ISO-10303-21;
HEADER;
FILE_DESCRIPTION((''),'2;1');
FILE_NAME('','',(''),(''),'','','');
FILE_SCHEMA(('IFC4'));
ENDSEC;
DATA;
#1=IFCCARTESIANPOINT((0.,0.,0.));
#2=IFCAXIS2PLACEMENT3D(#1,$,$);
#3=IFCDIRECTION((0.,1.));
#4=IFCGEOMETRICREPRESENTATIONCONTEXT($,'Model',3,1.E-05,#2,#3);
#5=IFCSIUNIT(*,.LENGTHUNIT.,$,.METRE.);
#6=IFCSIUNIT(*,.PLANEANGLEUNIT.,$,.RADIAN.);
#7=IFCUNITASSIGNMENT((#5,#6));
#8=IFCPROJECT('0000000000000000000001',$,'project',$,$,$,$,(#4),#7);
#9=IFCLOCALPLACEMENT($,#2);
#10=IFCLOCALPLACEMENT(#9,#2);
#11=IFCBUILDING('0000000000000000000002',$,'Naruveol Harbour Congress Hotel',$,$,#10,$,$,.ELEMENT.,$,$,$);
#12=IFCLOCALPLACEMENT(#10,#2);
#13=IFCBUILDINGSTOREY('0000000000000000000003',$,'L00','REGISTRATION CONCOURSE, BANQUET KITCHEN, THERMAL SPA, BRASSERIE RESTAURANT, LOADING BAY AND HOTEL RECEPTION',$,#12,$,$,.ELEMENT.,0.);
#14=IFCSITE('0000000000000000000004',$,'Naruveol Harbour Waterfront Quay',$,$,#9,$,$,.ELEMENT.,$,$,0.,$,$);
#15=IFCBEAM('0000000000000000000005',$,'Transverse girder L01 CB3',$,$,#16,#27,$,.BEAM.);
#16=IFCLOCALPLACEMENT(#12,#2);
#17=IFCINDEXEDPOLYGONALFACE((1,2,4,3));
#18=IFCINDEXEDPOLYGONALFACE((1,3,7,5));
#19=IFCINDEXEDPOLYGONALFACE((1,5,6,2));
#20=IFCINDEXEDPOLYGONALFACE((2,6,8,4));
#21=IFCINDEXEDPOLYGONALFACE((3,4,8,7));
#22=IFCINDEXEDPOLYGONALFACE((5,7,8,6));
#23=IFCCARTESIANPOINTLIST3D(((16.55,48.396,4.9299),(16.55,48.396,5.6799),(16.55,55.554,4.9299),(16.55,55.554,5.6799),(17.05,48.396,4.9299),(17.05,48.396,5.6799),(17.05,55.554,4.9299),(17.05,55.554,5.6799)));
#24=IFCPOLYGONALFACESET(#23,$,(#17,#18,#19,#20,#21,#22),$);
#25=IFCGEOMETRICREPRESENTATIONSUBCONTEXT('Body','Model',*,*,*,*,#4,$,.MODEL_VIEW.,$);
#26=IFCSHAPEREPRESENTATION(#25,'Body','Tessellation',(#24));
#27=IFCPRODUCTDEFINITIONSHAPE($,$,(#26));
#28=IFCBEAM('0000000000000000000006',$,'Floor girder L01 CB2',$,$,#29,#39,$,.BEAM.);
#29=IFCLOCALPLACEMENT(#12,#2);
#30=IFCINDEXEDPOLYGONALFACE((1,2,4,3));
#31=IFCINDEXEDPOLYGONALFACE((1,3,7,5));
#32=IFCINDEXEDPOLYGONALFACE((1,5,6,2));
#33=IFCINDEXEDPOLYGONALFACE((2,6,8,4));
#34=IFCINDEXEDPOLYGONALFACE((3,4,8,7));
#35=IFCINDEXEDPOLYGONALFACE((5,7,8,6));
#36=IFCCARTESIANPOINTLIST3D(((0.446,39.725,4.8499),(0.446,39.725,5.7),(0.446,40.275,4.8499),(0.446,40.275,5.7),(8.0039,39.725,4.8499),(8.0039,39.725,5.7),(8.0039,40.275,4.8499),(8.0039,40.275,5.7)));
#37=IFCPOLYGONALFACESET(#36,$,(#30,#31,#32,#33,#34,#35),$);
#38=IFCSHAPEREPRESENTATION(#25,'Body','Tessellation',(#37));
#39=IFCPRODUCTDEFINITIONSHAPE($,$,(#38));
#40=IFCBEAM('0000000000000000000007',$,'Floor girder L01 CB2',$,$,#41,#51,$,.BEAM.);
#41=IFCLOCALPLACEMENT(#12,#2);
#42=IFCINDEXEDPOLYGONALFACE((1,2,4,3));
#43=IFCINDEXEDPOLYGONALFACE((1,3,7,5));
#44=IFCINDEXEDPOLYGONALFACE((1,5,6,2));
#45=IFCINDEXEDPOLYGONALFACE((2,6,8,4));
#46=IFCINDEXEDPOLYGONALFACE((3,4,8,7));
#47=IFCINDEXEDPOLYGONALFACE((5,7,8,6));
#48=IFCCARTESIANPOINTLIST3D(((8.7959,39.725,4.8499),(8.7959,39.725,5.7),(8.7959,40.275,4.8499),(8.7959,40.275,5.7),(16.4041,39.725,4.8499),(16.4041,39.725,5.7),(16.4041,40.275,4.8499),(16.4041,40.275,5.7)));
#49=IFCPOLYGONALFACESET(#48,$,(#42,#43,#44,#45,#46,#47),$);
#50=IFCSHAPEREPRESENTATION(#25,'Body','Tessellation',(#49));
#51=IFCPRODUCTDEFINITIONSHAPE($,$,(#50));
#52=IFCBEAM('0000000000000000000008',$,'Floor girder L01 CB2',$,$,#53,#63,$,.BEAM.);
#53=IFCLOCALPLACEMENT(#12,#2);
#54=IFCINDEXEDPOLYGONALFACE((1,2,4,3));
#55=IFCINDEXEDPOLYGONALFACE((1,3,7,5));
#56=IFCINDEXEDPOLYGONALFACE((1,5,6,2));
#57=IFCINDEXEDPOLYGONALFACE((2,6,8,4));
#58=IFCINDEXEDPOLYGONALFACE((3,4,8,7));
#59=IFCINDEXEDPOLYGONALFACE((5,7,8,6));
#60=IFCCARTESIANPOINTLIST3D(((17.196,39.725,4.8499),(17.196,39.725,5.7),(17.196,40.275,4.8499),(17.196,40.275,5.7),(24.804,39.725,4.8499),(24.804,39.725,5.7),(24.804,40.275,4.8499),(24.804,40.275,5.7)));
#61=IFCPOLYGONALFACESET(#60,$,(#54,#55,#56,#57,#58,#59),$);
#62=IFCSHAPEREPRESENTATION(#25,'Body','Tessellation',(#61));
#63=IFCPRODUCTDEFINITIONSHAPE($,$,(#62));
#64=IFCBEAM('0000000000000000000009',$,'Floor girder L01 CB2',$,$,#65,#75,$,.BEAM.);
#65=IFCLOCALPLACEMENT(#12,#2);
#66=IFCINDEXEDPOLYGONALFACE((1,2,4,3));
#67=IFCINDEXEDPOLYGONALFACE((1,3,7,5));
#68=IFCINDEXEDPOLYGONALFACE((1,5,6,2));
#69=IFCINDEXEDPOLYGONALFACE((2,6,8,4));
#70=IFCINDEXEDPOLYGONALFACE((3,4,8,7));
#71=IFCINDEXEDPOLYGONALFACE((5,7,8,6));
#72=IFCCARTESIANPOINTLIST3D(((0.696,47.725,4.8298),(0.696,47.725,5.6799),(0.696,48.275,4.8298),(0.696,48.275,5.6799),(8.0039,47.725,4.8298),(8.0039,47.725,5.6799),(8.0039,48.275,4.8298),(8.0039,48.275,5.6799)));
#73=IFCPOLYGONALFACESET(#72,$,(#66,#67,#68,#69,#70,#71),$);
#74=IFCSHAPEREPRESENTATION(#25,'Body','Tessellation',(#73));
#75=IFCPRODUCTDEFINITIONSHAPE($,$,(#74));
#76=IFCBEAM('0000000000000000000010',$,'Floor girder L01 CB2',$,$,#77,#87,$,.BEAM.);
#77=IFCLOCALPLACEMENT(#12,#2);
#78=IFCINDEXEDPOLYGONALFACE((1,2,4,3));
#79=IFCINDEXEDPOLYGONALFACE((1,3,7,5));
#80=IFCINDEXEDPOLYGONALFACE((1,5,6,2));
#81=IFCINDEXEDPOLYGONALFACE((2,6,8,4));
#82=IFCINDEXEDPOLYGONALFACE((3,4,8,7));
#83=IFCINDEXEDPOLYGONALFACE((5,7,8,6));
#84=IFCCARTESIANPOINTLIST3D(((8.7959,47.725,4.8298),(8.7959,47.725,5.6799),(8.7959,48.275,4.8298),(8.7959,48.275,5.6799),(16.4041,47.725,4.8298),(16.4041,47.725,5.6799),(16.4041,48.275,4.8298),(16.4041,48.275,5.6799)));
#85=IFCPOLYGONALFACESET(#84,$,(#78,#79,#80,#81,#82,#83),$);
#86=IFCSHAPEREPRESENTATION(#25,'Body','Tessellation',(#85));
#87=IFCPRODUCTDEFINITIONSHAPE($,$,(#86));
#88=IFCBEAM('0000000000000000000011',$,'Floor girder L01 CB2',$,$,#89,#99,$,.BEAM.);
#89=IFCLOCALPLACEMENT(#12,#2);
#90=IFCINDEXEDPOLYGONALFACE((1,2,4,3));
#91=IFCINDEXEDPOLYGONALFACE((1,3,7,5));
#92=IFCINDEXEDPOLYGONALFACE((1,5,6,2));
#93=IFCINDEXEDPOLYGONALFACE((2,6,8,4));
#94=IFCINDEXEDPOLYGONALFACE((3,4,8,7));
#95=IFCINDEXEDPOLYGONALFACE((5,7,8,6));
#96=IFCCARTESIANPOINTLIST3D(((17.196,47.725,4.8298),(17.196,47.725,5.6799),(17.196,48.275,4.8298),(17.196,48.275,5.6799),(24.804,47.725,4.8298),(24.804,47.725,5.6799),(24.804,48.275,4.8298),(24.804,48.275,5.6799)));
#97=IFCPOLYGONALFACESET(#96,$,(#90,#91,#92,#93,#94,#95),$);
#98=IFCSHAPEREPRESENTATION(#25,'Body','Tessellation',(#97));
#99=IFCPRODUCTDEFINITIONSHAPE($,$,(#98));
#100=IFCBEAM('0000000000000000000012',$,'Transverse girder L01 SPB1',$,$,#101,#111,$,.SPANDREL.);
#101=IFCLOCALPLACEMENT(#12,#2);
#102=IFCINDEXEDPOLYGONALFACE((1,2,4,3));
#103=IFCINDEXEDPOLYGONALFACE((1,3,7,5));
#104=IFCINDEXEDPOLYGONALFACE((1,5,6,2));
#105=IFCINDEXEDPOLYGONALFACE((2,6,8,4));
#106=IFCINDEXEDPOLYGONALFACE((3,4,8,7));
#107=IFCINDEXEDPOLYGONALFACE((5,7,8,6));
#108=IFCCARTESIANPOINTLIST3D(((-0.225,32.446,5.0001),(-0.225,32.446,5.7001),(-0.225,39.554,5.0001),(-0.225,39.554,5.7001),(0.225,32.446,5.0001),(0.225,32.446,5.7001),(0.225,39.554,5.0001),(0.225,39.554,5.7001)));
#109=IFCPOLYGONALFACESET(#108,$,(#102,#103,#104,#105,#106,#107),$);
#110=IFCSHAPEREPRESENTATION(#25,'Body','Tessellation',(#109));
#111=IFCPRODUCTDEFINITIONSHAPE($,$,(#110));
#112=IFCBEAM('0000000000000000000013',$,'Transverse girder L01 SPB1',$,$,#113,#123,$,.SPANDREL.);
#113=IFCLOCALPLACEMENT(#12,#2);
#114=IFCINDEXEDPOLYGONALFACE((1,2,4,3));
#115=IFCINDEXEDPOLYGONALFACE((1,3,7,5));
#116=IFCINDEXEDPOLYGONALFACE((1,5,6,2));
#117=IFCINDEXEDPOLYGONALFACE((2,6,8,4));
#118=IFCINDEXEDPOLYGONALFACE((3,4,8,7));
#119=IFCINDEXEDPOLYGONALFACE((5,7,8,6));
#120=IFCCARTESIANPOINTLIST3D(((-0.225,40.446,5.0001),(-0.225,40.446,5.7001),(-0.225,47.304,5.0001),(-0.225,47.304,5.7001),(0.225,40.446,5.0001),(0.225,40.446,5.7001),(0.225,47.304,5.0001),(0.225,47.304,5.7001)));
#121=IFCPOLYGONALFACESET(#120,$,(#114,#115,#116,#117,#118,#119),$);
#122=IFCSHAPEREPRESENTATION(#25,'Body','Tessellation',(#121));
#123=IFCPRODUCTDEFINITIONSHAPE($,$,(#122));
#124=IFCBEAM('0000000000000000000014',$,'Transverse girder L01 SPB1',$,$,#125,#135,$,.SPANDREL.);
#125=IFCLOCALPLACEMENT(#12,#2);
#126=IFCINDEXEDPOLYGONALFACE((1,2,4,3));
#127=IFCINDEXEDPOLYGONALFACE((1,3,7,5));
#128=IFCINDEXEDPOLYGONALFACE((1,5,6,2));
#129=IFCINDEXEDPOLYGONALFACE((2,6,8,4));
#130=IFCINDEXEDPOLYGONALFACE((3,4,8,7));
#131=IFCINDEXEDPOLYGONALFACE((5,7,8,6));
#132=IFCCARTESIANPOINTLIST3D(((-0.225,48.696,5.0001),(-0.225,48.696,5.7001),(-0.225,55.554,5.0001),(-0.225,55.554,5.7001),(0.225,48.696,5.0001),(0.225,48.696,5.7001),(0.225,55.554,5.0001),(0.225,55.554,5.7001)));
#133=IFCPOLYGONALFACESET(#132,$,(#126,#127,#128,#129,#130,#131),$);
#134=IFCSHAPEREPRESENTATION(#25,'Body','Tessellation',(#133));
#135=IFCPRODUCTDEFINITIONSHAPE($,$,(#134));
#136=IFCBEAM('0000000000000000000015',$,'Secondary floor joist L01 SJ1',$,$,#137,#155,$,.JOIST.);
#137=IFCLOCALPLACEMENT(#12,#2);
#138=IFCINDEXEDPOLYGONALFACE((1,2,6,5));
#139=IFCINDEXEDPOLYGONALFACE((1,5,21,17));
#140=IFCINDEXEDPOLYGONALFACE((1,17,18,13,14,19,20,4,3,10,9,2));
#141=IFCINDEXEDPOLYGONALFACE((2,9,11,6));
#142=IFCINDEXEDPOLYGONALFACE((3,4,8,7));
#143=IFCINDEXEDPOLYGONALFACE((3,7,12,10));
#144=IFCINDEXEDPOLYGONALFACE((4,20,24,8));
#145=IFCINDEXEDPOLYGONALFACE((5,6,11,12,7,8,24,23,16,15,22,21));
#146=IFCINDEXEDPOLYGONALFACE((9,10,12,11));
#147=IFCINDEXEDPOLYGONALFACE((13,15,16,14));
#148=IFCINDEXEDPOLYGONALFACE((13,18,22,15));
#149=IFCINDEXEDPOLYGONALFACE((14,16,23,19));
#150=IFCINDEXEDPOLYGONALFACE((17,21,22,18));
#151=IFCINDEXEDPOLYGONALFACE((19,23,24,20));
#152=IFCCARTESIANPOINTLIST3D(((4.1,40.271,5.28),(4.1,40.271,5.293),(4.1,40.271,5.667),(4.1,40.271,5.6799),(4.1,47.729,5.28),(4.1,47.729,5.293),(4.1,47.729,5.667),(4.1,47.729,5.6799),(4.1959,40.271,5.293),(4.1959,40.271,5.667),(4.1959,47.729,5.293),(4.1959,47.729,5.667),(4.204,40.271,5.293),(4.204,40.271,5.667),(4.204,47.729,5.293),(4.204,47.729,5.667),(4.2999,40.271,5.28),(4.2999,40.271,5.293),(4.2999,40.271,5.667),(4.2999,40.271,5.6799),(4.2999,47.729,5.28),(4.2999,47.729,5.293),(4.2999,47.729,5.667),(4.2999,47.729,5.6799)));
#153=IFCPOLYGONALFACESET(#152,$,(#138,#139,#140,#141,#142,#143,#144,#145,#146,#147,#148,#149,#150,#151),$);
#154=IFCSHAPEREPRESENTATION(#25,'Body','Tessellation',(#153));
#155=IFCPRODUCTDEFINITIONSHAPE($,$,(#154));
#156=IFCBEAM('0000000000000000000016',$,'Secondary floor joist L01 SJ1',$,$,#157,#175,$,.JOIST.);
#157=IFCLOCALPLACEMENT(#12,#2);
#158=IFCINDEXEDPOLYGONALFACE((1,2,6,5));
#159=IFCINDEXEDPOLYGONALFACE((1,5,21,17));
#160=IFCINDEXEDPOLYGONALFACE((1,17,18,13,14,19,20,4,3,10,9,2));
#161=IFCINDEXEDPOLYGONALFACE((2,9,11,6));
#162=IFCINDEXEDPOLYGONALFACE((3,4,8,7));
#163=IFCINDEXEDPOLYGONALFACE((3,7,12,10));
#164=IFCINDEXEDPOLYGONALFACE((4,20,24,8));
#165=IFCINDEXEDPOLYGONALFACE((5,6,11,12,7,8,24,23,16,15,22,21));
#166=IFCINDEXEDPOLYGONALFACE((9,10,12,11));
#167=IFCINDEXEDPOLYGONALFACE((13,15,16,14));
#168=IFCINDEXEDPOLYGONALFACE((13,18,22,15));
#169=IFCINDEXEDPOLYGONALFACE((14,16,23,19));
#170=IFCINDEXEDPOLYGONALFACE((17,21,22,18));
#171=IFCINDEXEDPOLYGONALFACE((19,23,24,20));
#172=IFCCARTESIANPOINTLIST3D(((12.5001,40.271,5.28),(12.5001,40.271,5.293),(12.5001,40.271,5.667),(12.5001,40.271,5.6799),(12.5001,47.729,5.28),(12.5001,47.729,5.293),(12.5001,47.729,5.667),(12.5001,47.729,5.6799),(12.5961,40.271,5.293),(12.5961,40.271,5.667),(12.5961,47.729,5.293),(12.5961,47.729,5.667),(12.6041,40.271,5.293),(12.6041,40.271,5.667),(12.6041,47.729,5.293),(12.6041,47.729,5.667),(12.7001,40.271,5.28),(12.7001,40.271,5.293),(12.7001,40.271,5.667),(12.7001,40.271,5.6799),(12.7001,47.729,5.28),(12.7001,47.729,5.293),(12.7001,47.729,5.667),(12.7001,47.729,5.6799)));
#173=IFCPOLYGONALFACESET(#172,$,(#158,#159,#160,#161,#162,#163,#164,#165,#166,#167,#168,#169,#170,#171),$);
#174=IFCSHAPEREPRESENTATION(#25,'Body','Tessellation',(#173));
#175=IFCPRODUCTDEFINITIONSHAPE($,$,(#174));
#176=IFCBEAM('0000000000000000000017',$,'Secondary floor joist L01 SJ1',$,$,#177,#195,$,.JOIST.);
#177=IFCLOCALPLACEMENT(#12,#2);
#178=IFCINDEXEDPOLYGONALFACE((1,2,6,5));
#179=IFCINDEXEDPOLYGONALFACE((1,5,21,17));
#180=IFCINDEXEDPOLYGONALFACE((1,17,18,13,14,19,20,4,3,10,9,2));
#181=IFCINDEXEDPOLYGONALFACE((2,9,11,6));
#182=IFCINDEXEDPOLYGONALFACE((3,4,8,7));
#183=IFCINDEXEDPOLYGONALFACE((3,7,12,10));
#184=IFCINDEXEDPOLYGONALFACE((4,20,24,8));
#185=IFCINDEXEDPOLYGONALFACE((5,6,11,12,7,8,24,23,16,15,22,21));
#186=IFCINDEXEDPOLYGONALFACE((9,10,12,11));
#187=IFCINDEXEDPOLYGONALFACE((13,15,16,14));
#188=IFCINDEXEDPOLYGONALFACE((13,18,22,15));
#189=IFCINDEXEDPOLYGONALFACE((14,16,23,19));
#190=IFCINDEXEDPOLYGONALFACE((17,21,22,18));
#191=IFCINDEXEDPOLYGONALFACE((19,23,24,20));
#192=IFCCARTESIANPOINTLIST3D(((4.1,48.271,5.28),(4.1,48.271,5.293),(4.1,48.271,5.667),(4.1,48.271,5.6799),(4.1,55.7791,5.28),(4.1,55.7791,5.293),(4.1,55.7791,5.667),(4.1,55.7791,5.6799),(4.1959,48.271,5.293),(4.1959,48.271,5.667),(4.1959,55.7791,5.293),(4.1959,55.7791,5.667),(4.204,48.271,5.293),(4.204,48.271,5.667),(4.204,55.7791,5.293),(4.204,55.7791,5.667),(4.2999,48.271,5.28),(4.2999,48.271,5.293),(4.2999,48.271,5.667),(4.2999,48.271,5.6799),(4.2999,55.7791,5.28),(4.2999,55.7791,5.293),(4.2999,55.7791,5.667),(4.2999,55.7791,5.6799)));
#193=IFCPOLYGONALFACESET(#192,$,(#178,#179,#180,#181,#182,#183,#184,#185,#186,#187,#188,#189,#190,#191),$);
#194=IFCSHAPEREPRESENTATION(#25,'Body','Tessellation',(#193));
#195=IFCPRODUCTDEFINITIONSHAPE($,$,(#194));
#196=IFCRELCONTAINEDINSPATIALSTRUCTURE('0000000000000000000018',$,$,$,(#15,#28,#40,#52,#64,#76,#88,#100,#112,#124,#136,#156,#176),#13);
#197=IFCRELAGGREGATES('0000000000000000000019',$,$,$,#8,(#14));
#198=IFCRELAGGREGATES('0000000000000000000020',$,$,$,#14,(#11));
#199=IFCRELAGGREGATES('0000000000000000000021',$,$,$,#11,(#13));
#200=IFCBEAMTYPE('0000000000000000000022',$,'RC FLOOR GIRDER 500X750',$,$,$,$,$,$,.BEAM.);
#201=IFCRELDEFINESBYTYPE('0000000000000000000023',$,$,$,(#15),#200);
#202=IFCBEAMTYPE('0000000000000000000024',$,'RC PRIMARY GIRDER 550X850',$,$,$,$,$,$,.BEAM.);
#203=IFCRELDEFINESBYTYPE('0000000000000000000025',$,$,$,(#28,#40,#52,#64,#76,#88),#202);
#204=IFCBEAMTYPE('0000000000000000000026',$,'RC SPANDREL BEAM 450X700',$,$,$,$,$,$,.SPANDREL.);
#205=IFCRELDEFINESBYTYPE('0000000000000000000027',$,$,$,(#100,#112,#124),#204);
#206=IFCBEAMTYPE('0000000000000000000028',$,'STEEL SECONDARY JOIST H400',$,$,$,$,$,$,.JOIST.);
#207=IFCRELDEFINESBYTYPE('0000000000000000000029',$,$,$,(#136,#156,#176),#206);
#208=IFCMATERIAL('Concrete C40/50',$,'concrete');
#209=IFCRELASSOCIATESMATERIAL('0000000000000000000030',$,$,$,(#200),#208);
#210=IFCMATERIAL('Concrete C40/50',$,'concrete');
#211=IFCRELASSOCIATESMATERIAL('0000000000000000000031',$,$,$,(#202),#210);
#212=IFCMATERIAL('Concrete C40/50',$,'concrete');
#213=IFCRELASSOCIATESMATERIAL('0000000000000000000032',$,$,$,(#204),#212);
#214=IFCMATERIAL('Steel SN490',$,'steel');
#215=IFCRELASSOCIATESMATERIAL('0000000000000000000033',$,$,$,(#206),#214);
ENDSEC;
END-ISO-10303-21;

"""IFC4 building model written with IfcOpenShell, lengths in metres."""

from ifc_helpers import new_model, si_unit, direction, frame, origin, origin_2d, place, context, subcontext, project, spatial, rectangle, i_section, extrude, material, material_profile, profile_set, type_object, element, save


model = new_model("IFC4")

# Units and contexts
model_context = context("Model", 3, precision=1e-05, world=origin(), true_north=direction((0.0, 1.0)))
body_context = subcontext(model_context, "Body", "Model", "MODEL_VIEW")
ifc_project = project(units=[si_unit("LENGTHUNIT", "METRE"), si_unit("PLANEANGLEUNIT", "RADIAN")], contexts=[model_context])

# Site, building, storey
site_placement = place(None, origin())
site = spatial("IfcSite", under=ifc_project, at=site_placement, Name="Naruveol Harbour Waterfront Quay", CompositionType="ELEMENT", RefElevation=0.0)
building_placement = place(site_placement, origin())
building = spatial("IfcBuilding", under=site, at=building_placement, Name="Naruveol Harbour Congress Hotel", CompositionType="ELEMENT")
storey_placement = place(building_placement, origin())
storey = spatial("IfcBuildingStorey", under=building, at=storey_placement, Name="L00", Description="REGISTRATION CONCOURSE, BANQUET KITCHEN, THERMAL SPA, BRASSERIE RESTAURANT, LOADING BAY AND HOTEL RECEPTION", CompositionType="ELEMENT", Elevation=0.0)

# Beams
ifc_material_1 = material(Name="Concrete C40/50", Category="concrete")
ifc_material_profile_1 = material_profile(ifc_material_1, rectangle(XDim=0.5, YDim=0.75, at=origin_2d()), Name="RCB-500x750")
ifc_profile_set_1 = profile_set([ifc_material_profile_1], Name="Concrete C40/50")
beam_type_1 = type_object("IfcBeamType", Name="RC FLOOR GIRDER 500X750", PredefinedType="BEAM", material=ifc_profile_set_1)
beam_1_placement = place(storey_placement, frame((16.8, 48.396, 5.3049), z_axis=(0.0, 1.0, 0.0), x_axis=(-1.0, 0.0, 0.0)))
element("IfcBeam", 1, at=beam_1_placement, inside=storey, type_object=beam_type_1, Name="Transverse girder L01 CB3", PredefinedType="BEAM", context=body_context, shape_type="SweptSolid", body=[
    extrude(rectangle(XDim=0.5, YDim=0.75, at=origin_2d()), origin(), (0.0, 0.0, 1.0), 7.158),
])
ifc_material_2 = material(Name="Concrete C40/50", Category="concrete")
ifc_material_profile_2 = material_profile(ifc_material_2, rectangle(XDim=0.55, YDim=0.8501, at=origin_2d()), Name="RCB-550x850")
ifc_profile_set_2 = profile_set([ifc_material_profile_2], Name="Concrete C40/50")
beam_type_2 = type_object("IfcBeamType", Name="RC PRIMARY GIRDER 550X850", PredefinedType="BEAM", material=ifc_profile_set_2)
beam_2_placement = place(storey_placement, frame((0.446, 40.0, 5.2749), z_axis=(1.0, 0.0, 0.0), x_axis=(0.0, 1.0, 0.0)))
element("IfcBeam", 2, at=beam_2_placement, inside=storey, type_object=beam_type_2, Name="Floor girder L01 CB2", PredefinedType="BEAM", context=body_context, shape_type="SweptSolid", body=[
    extrude(rectangle(XDim=0.55, YDim=0.8501, at=origin_2d()), origin(), (0.0, 0.0, 1.0), 7.5579),
])
beam_3_placement = place(storey_placement, frame((8.7959, 40.0, 5.2749), z_axis=(1.0, 0.0, 0.0), x_axis=(0.0, 1.0, 0.0)))
element("IfcBeam", 3, at=beam_3_placement, inside=storey, type_object=beam_type_2, Name="Floor girder L01 CB2", PredefinedType="BEAM", context=body_context, shape_type="SweptSolid", body=[
    extrude(rectangle(XDim=0.55, YDim=0.8501, at=origin_2d()), origin(), (0.0, 0.0, 1.0), 7.6082),
])
beam_4_placement = place(storey_placement, frame((17.196, 40.0, 5.2749), z_axis=(1.0, 0.0, 0.0), x_axis=(0.0, 1.0, 0.0)))
element("IfcBeam", 4, at=beam_4_placement, inside=storey, type_object=beam_type_2, Name="Floor girder L01 CB2", PredefinedType="BEAM", context=body_context, shape_type="SweptSolid", body=[
    extrude(rectangle(XDim=0.55, YDim=0.8501, at=origin_2d()), origin(), (0.0, 0.0, 1.0), 7.6079),
])
beam_5_placement = place(storey_placement, frame((0.696, 48.0, 5.2549), z_axis=(1.0, 0.0, 0.0), x_axis=(0.0, 1.0, 0.0)))
element("IfcBeam", 5, at=beam_5_placement, inside=storey, type_object=beam_type_2, Name="Floor girder L01 CB2", PredefinedType="BEAM", context=body_context, shape_type="SweptSolid", body=[
    extrude(rectangle(XDim=0.55, YDim=0.8501, at=origin_2d()), origin(), (0.0, 0.0, 1.0), 7.3079),
])
beam_6_placement = place(storey_placement, frame((8.7959, 48.0, 5.2549), z_axis=(1.0, 0.0, 0.0), x_axis=(0.0, 1.0, 0.0)))
element("IfcBeam", 6, at=beam_6_placement, inside=storey, type_object=beam_type_2, Name="Floor girder L01 CB2", PredefinedType="BEAM", context=body_context, shape_type="SweptSolid", body=[
    extrude(rectangle(XDim=0.55, YDim=0.8501, at=origin_2d()), origin(), (0.0, 0.0, 1.0), 7.6082),
])
beam_7_placement = place(storey_placement, frame((17.196, 48.0, 5.2549), z_axis=(1.0, 0.0, 0.0), x_axis=(0.0, 1.0, 0.0)))
element("IfcBeam", 7, at=beam_7_placement, inside=storey, type_object=beam_type_2, Name="Floor girder L01 CB2", PredefinedType="BEAM", context=body_context, shape_type="SweptSolid", body=[
    extrude(rectangle(XDim=0.55, YDim=0.8501, at=origin_2d()), origin(), (0.0, 0.0, 1.0), 7.6079),
])
ifc_material_3 = material(Name="Concrete C40/50", Category="concrete")
ifc_material_profile_3 = material_profile(ifc_material_3, rectangle(XDim=0.45, YDim=0.7, at=origin_2d()), Name="RCB-450x700")
ifc_profile_set_3 = profile_set([ifc_material_profile_3], Name="Concrete C40/50")
beam_type_3 = type_object("IfcBeamType", Name="RC SPANDREL BEAM 450X700", PredefinedType="SPANDREL", material=ifc_profile_set_3)
beam_8_placement = place(storey_placement, frame((0.0, 32.446, 5.3501), z_axis=(0.0, 1.0, 0.0), x_axis=(-1.0, 0.0, 0.0)))
element("IfcBeam", 8, at=beam_8_placement, inside=storey, type_object=beam_type_3, Name="Transverse girder L01 SPB1", PredefinedType="SPANDREL", context=body_context, shape_type="SweptSolid", body=[
    extrude(rectangle(XDim=0.45, YDim=0.7, at=origin_2d()), origin(), (0.0, 0.0, 1.0), 7.1079),
])
for number, where, z_axis, x_axis, name in (
    (9, (0.0, 40.446, 5.3501), (0.0, 1.0, 0.0), (-1.0, 0.0, 0.0), "Transverse girder L01 SPB1"),
    (10, (0.0, 48.696, 5.3501), (0.0, 1.0, 0.0), (-1.0, 0.0, 0.0), "Transverse girder L01 SPB1"),
):
    element("IfcBeam", number, at=place(storey_placement, frame(where, z_axis=z_axis, x_axis=x_axis)), inside=storey, type_object=beam_type_3, Name=name, PredefinedType="SPANDREL", context=body_context, shape_type="SweptSolid", body=[
        extrude(rectangle(XDim=0.45, YDim=0.7, at=origin_2d()), origin(), (0.0, 0.0, 1.0), 6.8579),
    ])
ifc_material_4 = material(Name="Steel SN490", Category="steel")
ifc_material_profile_4 = material_profile(ifc_material_4, i_section(OverallWidth=0.2, OverallDepth=0.3999, WebThickness=0.0081, FlangeThickness=0.0129, at=origin_2d()), Name="H-400x200x8x13")
ifc_profile_set_4 = profile_set([ifc_material_profile_4], Name="Steel SN490")
beam_type_4 = type_object("IfcBeamType", Name="STEEL SECONDARY JOIST H400", PredefinedType="JOIST", material=ifc_profile_set_4)
for number, where, z_axis, x_axis, name in (
    (11, (4.2, 40.271, 5.48), (0.0, 1.0, 0.0), (-1.0, 0.0, 0.0), "Secondary floor joist L01 SJ1"),
    (12, (12.6001, 40.271, 5.48), (0.0, 1.0, 0.0), (-1.0, 0.0, 0.0), "Secondary floor joist L01 SJ1"),
):
    element("IfcBeam", number, at=place(storey_placement, frame(where, z_axis=z_axis, x_axis=x_axis)), inside=storey, type_object=beam_type_4, Name=name, PredefinedType="JOIST", context=body_context, shape_type="SweptSolid", body=[
        extrude(i_section(OverallWidth=0.2, OverallDepth=0.3999, WebThickness=0.0081, FlangeThickness=0.0129, at=origin_2d()), origin(), (0.0, 0.0, 1.0), 7.458),
    ])
for number, where, z_axis, x_axis, name in (
    (13, (4.2, 48.271, 5.48), (0.0, 1.0, 0.0), (-1.0, 0.0, 0.0), "Secondary floor joist L01 SJ1"),
):
    element("IfcBeam", number, at=place(storey_placement, frame(where, z_axis=z_axis, x_axis=x_axis)), inside=storey, type_object=beam_type_4, Name=name, PredefinedType="JOIST", context=body_context, shape_type="SweptSolid", body=[
        extrude(i_section(OverallWidth=0.2, OverallDepth=0.3999, WebThickness=0.0081, FlangeThickness=0.0129, at=origin_2d()), origin(), (0.0, 0.0, 1.0), 7.5081),
    ])

save(model, "model.ifc")
